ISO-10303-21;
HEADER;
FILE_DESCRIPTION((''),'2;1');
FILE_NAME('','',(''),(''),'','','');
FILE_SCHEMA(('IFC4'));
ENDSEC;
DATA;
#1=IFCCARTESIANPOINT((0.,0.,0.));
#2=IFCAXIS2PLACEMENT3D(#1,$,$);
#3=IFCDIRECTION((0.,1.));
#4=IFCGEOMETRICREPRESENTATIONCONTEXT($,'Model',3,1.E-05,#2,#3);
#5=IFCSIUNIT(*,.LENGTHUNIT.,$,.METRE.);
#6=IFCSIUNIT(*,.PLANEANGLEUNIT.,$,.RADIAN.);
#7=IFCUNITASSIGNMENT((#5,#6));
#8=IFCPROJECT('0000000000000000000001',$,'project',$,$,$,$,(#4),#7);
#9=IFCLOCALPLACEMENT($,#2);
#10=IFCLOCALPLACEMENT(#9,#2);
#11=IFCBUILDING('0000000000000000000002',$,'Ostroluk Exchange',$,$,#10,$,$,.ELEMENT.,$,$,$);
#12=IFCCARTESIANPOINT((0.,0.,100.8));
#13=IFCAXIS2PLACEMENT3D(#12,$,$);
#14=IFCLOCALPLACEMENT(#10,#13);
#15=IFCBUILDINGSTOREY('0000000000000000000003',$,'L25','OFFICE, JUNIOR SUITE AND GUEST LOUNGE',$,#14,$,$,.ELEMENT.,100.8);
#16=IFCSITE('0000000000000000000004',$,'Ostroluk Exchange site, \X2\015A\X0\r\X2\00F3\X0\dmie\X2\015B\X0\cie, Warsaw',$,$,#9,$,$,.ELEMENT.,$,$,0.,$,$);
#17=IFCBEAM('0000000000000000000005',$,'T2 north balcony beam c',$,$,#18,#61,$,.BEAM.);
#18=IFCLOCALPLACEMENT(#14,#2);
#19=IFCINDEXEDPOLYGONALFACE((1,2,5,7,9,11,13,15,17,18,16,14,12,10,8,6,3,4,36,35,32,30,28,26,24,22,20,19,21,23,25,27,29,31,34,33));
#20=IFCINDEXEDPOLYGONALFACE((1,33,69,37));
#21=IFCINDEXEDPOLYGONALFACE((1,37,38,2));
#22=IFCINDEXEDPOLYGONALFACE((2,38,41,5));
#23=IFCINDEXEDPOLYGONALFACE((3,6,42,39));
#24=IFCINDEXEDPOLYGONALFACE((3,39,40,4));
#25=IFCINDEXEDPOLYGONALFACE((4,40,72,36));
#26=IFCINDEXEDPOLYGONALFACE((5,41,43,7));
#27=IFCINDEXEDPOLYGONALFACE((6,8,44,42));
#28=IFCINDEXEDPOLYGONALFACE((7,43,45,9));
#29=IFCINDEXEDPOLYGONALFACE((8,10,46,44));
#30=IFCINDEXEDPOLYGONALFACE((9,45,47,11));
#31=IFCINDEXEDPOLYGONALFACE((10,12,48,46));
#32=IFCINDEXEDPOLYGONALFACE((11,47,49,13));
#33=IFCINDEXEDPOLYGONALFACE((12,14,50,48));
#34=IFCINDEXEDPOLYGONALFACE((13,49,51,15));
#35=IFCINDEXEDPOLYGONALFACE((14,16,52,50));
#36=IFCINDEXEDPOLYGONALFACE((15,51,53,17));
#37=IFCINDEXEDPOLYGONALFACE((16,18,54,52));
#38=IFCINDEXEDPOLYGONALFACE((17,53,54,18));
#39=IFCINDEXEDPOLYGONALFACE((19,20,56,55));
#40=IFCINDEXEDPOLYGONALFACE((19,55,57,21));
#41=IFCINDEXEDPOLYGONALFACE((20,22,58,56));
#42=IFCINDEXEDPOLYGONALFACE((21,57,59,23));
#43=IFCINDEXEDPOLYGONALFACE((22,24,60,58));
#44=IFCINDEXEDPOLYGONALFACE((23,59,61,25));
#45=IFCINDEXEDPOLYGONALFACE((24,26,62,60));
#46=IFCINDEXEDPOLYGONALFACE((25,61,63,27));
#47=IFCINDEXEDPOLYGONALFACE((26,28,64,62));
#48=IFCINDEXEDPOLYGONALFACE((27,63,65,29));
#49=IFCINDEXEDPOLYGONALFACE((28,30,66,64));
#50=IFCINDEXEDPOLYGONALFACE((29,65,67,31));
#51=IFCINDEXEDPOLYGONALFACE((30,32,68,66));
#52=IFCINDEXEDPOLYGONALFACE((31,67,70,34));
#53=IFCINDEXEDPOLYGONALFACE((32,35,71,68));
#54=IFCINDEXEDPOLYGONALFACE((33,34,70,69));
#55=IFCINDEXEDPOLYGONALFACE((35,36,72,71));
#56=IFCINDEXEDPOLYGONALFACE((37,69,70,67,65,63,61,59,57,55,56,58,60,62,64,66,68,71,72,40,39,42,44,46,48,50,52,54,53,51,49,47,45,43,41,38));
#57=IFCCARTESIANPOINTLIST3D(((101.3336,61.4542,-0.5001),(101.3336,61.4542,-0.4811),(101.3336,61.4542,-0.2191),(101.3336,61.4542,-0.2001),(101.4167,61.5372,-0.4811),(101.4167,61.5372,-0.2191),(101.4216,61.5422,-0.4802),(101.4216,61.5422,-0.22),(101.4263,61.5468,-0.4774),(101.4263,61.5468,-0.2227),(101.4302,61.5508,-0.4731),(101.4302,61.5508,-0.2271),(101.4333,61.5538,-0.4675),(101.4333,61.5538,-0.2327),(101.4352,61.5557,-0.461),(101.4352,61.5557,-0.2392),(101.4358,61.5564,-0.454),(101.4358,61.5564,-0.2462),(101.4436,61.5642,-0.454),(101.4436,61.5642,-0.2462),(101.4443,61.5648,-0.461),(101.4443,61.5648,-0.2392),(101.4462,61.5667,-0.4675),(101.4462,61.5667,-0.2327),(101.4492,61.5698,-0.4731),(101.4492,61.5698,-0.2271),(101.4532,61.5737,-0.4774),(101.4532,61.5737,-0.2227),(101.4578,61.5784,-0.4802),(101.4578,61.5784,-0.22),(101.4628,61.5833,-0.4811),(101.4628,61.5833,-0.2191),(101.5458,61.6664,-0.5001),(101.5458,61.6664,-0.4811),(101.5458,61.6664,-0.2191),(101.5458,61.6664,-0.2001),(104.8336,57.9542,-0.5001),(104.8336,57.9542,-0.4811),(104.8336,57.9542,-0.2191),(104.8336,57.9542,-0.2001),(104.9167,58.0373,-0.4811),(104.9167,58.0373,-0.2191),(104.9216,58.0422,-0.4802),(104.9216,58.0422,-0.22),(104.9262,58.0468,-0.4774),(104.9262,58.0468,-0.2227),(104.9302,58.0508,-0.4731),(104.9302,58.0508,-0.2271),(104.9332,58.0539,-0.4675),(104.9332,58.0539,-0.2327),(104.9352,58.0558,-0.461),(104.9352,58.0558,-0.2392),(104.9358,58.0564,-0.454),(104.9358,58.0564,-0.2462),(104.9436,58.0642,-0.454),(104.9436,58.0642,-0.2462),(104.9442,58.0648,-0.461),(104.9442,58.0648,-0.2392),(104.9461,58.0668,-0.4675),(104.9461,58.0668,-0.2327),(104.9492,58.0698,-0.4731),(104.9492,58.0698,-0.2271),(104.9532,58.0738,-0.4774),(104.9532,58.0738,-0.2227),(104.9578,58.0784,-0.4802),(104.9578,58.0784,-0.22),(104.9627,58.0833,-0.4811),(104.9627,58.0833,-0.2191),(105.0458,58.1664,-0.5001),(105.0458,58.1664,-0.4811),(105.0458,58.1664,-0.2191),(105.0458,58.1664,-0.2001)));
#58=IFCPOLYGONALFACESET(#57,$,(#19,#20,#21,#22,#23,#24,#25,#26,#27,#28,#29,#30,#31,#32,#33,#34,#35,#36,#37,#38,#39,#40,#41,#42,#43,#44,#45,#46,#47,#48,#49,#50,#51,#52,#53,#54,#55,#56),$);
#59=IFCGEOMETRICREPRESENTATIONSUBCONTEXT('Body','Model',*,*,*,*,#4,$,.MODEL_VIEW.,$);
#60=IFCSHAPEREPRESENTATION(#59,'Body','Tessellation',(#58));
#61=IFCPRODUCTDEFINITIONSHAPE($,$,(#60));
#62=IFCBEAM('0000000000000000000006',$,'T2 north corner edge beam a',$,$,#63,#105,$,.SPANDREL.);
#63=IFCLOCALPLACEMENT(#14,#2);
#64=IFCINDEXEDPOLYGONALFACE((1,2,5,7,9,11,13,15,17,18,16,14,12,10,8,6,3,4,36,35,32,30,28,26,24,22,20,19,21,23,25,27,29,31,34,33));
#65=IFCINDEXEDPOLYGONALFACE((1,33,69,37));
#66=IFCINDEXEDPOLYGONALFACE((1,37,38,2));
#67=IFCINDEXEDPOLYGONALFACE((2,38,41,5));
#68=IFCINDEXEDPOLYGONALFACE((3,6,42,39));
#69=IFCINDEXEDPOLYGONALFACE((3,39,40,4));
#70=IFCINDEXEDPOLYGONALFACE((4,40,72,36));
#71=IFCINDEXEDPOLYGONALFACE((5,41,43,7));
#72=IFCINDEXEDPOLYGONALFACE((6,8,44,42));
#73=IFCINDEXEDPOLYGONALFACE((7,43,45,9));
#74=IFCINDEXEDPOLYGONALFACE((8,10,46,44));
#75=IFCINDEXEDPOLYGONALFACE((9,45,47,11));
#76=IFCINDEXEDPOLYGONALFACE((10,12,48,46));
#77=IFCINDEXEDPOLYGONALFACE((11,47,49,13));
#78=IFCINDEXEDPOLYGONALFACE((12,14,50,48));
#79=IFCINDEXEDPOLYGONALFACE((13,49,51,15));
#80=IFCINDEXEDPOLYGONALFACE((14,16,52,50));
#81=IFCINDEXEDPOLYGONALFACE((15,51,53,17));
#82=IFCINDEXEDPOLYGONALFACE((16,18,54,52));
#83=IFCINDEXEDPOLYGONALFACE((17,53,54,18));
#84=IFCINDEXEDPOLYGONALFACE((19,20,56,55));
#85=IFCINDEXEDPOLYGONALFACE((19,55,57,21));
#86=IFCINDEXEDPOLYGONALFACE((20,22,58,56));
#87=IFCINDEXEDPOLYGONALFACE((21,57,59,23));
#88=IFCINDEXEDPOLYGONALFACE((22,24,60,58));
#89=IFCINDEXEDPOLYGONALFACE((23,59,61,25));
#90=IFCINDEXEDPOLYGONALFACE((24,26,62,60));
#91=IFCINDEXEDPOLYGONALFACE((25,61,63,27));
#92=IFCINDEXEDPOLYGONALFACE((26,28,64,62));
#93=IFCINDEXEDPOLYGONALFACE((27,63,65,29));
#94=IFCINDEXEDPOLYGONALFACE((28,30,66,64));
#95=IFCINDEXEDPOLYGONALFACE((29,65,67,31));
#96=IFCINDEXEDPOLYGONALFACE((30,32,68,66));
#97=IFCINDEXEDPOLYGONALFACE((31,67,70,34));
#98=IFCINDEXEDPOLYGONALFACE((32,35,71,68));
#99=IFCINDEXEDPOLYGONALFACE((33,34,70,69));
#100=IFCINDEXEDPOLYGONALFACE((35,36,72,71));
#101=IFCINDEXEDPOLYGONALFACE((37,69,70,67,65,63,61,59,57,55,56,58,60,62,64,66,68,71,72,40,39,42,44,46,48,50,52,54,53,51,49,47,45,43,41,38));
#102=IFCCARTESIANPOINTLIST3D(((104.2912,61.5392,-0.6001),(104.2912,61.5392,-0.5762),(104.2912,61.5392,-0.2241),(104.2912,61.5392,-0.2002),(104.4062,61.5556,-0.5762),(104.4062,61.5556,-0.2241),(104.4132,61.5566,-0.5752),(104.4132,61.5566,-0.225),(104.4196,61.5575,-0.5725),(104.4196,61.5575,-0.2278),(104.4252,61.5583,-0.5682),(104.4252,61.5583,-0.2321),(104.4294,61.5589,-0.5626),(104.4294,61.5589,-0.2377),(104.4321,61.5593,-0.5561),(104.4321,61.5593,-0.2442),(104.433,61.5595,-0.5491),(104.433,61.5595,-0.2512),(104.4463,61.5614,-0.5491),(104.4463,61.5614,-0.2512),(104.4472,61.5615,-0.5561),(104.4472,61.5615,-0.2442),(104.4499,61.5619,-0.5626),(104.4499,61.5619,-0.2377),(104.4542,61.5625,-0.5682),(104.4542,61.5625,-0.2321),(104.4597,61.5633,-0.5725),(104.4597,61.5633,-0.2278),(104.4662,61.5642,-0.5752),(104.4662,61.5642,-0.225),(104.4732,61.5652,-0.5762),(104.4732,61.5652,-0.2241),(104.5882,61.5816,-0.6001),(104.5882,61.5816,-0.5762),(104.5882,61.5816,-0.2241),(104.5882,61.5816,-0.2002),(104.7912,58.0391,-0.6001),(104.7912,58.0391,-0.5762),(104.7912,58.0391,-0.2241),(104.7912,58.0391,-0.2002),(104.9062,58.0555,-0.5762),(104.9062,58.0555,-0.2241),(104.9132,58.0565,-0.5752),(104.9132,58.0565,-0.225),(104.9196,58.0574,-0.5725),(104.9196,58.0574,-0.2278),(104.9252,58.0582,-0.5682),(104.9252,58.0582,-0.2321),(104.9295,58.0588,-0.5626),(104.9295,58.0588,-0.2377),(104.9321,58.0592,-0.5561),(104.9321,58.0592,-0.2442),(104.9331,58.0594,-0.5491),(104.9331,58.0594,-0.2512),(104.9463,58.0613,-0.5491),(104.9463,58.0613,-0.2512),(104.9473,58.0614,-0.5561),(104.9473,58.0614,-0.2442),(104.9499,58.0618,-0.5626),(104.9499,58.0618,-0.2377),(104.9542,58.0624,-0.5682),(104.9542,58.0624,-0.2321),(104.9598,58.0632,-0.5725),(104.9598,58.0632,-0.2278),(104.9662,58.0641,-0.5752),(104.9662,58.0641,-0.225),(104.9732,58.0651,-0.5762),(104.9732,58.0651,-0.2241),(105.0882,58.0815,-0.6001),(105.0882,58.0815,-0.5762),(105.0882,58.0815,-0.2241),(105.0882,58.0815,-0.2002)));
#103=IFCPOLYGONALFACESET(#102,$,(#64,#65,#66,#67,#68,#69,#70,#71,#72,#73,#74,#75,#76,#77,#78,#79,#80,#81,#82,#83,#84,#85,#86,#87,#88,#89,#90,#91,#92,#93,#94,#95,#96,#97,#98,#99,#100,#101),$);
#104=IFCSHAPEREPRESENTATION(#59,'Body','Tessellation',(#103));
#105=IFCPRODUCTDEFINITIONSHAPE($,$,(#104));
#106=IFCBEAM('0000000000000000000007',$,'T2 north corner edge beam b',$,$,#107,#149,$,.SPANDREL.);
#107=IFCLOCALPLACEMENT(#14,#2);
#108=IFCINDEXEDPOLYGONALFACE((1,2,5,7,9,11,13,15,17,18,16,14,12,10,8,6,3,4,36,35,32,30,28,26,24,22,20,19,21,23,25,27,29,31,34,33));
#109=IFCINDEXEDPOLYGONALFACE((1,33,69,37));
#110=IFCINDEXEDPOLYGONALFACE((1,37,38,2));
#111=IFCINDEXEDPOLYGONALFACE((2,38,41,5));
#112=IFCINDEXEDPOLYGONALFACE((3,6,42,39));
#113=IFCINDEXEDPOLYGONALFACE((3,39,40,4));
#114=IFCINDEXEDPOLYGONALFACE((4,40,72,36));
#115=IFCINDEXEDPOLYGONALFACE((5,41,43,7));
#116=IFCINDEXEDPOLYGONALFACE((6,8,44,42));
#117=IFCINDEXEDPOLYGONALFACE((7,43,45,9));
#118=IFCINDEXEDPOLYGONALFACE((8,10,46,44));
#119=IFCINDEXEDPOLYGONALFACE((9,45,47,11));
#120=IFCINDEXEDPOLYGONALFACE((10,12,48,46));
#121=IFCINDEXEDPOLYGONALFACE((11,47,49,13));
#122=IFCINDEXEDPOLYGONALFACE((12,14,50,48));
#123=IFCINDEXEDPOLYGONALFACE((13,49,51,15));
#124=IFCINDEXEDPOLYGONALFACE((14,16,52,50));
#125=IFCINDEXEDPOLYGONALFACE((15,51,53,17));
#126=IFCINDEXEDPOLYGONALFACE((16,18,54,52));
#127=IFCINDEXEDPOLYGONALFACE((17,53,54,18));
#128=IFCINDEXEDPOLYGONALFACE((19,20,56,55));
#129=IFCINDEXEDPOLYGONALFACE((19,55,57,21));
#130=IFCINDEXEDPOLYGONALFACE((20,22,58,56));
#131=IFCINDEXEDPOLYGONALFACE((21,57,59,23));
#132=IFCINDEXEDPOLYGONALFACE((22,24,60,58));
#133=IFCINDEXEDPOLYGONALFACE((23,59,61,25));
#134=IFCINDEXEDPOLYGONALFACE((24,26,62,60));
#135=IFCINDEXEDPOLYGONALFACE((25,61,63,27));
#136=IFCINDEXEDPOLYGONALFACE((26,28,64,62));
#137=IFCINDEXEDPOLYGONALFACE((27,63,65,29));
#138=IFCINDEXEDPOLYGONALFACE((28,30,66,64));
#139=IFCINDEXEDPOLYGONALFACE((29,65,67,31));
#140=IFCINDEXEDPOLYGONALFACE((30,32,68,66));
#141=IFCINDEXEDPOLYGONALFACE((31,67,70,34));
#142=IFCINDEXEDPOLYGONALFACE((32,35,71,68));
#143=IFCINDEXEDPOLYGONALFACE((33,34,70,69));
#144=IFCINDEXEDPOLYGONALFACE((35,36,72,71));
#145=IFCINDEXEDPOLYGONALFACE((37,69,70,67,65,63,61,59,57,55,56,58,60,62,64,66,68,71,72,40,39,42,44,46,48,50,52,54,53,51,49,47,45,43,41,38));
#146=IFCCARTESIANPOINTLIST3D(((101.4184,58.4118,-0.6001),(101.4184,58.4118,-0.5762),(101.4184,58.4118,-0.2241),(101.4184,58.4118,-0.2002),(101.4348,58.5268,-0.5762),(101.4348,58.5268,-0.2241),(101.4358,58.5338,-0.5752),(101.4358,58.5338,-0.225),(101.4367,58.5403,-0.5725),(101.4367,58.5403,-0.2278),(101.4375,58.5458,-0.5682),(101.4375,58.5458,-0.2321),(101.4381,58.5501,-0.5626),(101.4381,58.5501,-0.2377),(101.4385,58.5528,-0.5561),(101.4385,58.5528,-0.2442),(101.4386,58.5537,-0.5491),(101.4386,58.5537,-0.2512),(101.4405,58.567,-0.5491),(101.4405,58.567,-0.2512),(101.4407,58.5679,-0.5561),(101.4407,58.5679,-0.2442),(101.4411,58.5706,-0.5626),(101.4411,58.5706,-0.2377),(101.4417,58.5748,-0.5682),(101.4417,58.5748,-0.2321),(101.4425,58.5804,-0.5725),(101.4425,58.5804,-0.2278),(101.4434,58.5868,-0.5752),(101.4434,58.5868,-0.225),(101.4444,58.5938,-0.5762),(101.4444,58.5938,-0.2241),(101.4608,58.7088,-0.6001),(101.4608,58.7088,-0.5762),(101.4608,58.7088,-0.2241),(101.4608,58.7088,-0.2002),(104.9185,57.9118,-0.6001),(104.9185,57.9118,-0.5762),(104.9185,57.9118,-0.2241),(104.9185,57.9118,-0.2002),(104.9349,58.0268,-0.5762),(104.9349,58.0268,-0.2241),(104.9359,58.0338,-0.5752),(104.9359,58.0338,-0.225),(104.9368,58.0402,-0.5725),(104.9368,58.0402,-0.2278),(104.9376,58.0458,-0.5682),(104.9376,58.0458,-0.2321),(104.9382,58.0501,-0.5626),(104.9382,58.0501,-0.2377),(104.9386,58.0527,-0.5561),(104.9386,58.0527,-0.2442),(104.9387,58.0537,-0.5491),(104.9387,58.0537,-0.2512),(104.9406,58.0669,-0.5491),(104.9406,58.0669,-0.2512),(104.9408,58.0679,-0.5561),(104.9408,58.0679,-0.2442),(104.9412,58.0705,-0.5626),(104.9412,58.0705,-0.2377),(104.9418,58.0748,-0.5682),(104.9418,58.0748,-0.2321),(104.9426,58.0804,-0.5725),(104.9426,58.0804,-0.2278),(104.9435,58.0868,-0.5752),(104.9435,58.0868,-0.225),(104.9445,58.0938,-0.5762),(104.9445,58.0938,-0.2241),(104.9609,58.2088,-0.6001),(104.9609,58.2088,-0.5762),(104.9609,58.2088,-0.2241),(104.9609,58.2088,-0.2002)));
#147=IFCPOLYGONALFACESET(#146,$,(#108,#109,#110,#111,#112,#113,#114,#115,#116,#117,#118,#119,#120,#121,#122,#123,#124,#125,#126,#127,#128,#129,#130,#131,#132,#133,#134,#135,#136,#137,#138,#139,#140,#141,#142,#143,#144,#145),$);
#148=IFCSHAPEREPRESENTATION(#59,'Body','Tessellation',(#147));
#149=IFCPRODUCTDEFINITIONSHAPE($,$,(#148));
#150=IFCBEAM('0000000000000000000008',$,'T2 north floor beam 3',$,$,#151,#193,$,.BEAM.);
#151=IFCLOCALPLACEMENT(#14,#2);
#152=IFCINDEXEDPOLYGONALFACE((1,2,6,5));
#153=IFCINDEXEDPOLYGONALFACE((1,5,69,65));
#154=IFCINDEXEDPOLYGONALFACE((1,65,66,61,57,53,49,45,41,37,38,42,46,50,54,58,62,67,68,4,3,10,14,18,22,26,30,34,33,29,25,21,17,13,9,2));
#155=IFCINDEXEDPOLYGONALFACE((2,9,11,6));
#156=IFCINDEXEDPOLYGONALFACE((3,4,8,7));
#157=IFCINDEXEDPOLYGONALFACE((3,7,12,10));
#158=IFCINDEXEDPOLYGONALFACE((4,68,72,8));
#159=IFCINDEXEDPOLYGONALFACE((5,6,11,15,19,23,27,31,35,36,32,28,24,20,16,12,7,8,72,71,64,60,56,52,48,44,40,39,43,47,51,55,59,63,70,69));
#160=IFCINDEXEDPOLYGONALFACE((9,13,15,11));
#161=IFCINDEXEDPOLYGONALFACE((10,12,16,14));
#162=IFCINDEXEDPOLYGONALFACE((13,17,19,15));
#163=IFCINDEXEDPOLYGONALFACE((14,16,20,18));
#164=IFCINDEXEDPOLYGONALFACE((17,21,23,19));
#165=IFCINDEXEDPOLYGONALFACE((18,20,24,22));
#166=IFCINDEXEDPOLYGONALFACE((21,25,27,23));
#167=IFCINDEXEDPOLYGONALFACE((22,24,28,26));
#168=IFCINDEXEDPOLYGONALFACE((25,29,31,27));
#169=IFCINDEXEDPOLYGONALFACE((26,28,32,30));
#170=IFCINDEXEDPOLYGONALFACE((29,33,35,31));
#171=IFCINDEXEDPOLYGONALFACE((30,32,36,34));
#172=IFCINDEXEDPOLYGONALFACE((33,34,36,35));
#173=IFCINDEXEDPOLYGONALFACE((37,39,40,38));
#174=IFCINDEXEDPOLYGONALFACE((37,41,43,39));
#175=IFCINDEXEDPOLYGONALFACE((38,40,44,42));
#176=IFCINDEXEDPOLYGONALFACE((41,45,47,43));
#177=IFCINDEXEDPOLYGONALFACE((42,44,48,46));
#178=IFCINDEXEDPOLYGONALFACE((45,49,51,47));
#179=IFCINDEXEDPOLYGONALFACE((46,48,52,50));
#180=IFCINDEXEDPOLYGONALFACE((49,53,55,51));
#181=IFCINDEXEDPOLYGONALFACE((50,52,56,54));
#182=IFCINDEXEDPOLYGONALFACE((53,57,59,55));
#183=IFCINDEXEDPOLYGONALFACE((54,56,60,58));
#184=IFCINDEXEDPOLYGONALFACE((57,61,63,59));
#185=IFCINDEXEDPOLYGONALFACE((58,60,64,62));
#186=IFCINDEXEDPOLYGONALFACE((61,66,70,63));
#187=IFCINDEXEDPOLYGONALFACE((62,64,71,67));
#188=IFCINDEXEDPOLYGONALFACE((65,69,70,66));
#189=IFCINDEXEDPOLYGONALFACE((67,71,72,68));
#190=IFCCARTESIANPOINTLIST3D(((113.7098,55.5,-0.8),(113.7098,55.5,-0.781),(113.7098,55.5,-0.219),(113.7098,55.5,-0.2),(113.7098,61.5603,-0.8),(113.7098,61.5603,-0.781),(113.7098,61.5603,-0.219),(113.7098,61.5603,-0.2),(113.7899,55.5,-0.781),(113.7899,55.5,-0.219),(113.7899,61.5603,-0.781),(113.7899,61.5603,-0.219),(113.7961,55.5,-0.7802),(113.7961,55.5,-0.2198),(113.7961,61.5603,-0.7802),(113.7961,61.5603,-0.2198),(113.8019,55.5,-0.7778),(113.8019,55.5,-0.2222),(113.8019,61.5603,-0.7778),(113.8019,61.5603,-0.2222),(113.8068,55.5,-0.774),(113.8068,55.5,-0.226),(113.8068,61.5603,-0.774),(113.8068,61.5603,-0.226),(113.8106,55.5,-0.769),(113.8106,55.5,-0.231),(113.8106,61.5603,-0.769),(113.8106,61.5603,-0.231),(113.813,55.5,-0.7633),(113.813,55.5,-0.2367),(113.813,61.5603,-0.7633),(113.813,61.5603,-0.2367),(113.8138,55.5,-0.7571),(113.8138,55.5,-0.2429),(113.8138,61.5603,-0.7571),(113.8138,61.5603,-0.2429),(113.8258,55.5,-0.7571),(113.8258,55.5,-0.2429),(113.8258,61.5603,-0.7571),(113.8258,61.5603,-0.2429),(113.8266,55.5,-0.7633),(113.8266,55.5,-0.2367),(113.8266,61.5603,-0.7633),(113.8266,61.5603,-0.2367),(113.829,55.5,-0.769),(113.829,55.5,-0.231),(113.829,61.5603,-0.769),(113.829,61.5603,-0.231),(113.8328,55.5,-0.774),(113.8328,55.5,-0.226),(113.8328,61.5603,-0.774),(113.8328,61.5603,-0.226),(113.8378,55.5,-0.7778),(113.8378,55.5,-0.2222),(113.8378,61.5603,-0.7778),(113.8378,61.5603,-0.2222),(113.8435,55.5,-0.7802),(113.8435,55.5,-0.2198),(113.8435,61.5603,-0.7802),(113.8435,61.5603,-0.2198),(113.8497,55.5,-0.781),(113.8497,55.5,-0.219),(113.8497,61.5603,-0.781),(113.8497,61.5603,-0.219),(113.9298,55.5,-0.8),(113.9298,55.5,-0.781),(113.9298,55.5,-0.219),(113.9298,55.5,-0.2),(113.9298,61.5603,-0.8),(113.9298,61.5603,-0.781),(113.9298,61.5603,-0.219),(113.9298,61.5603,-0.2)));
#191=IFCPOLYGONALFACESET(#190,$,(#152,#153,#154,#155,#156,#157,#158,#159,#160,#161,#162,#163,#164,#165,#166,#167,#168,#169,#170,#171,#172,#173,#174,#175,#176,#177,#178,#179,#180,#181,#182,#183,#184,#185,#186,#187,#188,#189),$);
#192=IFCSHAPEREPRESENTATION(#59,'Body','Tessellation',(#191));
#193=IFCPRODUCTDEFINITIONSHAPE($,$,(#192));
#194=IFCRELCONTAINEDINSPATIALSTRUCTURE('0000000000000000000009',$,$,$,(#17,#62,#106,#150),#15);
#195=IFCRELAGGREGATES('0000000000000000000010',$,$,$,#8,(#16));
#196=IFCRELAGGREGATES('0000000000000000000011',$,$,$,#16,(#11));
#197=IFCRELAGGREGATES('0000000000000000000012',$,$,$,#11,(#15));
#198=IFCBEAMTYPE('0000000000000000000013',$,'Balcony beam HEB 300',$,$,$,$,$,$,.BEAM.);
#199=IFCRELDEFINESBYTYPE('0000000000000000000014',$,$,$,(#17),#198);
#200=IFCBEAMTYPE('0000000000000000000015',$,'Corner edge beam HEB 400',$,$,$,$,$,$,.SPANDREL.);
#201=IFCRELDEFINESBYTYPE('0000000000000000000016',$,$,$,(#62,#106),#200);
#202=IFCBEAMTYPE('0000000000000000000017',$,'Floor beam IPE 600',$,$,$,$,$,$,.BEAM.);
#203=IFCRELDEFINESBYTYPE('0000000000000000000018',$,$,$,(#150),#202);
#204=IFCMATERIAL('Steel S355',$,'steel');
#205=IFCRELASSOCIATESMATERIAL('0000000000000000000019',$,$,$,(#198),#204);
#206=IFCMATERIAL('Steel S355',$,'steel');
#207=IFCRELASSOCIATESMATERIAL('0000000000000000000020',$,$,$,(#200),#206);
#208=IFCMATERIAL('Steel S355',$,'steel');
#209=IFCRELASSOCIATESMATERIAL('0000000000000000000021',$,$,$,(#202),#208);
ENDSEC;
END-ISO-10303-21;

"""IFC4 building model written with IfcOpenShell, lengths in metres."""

from ifc_helpers import new_model, si_unit, direction, frame, origin, origin_2d, place, context, subcontext, project, spatial, i_section, extrude, material, material_profile, profile_set, type_object, element, save


model = new_model("IFC4")

# Units and contexts
model_context = context("Model", 3, precision=1e-05, world=origin(), true_north=direction((0.0, 1.0)))
body_context = subcontext(model_context, "Body", "Model", "MODEL_VIEW")
ifc_project = project(units=[si_unit("LENGTHUNIT", "METRE"), si_unit("PLANEANGLEUNIT", "RADIAN")], contexts=[model_context])

# Site, building, storey
site_placement = place(None, origin())
site = spatial("IfcSite", under=ifc_project, at=site_placement, Name="Ostroluk Exchange site, Śródmieście, Warsaw", CompositionType="ELEMENT", RefElevation=0.0)
building_placement = place(site_placement, origin())
building = spatial("IfcBuilding", under=site, at=building_placement, Name="Ostroluk Exchange", CompositionType="ELEMENT")
storey_placement = place(building_placement, frame((0.0, 0.0, 100.8)))
storey = spatial("IfcBuildingStorey", under=building, at=storey_placement, Name="L25", Description="OFFICE, JUNIOR SUITE AND GUEST LOUNGE", CompositionType="ELEMENT", Elevation=100.8)

# Beams
ifc_material_1 = material(Name="Steel S355", Category="steel")
ifc_material_profile_1 = material_profile(ifc_material_1, i_section(OverallWidth=0.3, OverallDepth=0.3, WebThickness=0.011, FlangeThickness=0.019, FilletRadius=0.0271, at=origin_2d()), Name="HEB 300")
ifc_profile_set_1 = profile_set([ifc_material_profile_1], Name="Steel S355")
beam_type_1 = type_object("IfcBeamType", Name="Balcony beam HEB 300", PredefinedType="BEAM", material=ifc_profile_set_1)
beam_1_placement = place(storey_placement, frame((104.9397, 58.0603, -0.3501), z_axis=(-0.707107, 0.707107, 0.0), x_axis=(-0.707107, -0.707107, 0.0)))
element("IfcBeam", 1, at=beam_1_placement, inside=storey, type_object=beam_type_1, Name="T2 north balcony beam c", PredefinedType="BEAM", context=body_context, shape_type="SweptSolid", body=[
    extrude(i_section(OverallWidth=0.3, OverallDepth=0.3, WebThickness=0.011, FlangeThickness=0.019, FilletRadius=0.0271, at=origin_2d()), origin(), (0.0, 0.0, 1.0), 4.9497),
])
ifc_material_2 = material(Name="Steel S355", Category="steel")
ifc_material_profile_2 = material_profile(ifc_material_2, i_section(OverallWidth=0.3, OverallDepth=0.3999, WebThickness=0.0134, FlangeThickness=0.0239, FilletRadius=0.0271, at=origin_2d()), Name="HEB 400")
ifc_profile_set_2 = profile_set([ifc_material_profile_2], Name="Steel S355")
beam_type_2 = type_object("IfcBeamType", Name="Corner edge beam HEB 400", PredefinedType="SPANDREL", material=ifc_profile_set_2)
for number, where, z_axis, x_axis, name in (
    (2, (104.9397, 58.0603, -0.4001), (-0.141421, 0.989949, 0.0), (-0.989949, -0.141421, 0.0), "T2 north corner edge beam a"),
    (3, (104.9397, 58.0603, -0.4001), (-0.989949, 0.141421, 0.0), (-0.141421, -0.989949, 0.0), "T2 north corner edge beam b"),
):
    element("IfcBeam", number, at=place(storey_placement, frame(where, z_axis=z_axis, x_axis=x_axis)), inside=storey, type_object=beam_type_2, Name=name, PredefinedType="SPANDREL", context=body_context, shape_type="SweptSolid", body=[
        extrude(i_section(OverallWidth=0.3, OverallDepth=0.3999, WebThickness=0.0134, FlangeThickness=0.0239, FilletRadius=0.0271, at=origin_2d()), origin(), (0.0, 0.0, 1.0), 3.5356),
    ])
ifc_material_3 = material(Name="Steel S355", Category="steel")
ifc_material_profile_3 = material_profile(ifc_material_3, i_section(OverallWidth=0.22, OverallDepth=0.6001, WebThickness=0.012, FlangeThickness=0.019, FilletRadius=0.0239, at=origin_2d()), Name="IPE 600")
ifc_profile_set_3 = profile_set([ifc_material_profile_3], Name="Steel S355")
beam_type_3 = type_object("IfcBeamType", Name="Floor beam IPE 600", PredefinedType="BEAM", material=ifc_profile_set_3)
beam_2_placement = place(storey_placement, frame((113.8198, 55.5, -0.5), z_axis=(0.0, 1.0, 0.0), x_axis=(-1.0, 0.0, 0.0)))
element("IfcBeam", 4, at=beam_2_placement, inside=storey, type_object=beam_type_3, Name="T2 north floor beam 3", PredefinedType="BEAM", context=body_context, shape_type="SweptSolid", body=[
    extrude(i_section(OverallWidth=0.22, OverallDepth=0.6001, WebThickness=0.012, FlangeThickness=0.019, FilletRadius=0.0239, at=origin_2d()), origin(), (0.0, 0.0, 1.0), 6.0603),
])

save(model, "model.ifc")
